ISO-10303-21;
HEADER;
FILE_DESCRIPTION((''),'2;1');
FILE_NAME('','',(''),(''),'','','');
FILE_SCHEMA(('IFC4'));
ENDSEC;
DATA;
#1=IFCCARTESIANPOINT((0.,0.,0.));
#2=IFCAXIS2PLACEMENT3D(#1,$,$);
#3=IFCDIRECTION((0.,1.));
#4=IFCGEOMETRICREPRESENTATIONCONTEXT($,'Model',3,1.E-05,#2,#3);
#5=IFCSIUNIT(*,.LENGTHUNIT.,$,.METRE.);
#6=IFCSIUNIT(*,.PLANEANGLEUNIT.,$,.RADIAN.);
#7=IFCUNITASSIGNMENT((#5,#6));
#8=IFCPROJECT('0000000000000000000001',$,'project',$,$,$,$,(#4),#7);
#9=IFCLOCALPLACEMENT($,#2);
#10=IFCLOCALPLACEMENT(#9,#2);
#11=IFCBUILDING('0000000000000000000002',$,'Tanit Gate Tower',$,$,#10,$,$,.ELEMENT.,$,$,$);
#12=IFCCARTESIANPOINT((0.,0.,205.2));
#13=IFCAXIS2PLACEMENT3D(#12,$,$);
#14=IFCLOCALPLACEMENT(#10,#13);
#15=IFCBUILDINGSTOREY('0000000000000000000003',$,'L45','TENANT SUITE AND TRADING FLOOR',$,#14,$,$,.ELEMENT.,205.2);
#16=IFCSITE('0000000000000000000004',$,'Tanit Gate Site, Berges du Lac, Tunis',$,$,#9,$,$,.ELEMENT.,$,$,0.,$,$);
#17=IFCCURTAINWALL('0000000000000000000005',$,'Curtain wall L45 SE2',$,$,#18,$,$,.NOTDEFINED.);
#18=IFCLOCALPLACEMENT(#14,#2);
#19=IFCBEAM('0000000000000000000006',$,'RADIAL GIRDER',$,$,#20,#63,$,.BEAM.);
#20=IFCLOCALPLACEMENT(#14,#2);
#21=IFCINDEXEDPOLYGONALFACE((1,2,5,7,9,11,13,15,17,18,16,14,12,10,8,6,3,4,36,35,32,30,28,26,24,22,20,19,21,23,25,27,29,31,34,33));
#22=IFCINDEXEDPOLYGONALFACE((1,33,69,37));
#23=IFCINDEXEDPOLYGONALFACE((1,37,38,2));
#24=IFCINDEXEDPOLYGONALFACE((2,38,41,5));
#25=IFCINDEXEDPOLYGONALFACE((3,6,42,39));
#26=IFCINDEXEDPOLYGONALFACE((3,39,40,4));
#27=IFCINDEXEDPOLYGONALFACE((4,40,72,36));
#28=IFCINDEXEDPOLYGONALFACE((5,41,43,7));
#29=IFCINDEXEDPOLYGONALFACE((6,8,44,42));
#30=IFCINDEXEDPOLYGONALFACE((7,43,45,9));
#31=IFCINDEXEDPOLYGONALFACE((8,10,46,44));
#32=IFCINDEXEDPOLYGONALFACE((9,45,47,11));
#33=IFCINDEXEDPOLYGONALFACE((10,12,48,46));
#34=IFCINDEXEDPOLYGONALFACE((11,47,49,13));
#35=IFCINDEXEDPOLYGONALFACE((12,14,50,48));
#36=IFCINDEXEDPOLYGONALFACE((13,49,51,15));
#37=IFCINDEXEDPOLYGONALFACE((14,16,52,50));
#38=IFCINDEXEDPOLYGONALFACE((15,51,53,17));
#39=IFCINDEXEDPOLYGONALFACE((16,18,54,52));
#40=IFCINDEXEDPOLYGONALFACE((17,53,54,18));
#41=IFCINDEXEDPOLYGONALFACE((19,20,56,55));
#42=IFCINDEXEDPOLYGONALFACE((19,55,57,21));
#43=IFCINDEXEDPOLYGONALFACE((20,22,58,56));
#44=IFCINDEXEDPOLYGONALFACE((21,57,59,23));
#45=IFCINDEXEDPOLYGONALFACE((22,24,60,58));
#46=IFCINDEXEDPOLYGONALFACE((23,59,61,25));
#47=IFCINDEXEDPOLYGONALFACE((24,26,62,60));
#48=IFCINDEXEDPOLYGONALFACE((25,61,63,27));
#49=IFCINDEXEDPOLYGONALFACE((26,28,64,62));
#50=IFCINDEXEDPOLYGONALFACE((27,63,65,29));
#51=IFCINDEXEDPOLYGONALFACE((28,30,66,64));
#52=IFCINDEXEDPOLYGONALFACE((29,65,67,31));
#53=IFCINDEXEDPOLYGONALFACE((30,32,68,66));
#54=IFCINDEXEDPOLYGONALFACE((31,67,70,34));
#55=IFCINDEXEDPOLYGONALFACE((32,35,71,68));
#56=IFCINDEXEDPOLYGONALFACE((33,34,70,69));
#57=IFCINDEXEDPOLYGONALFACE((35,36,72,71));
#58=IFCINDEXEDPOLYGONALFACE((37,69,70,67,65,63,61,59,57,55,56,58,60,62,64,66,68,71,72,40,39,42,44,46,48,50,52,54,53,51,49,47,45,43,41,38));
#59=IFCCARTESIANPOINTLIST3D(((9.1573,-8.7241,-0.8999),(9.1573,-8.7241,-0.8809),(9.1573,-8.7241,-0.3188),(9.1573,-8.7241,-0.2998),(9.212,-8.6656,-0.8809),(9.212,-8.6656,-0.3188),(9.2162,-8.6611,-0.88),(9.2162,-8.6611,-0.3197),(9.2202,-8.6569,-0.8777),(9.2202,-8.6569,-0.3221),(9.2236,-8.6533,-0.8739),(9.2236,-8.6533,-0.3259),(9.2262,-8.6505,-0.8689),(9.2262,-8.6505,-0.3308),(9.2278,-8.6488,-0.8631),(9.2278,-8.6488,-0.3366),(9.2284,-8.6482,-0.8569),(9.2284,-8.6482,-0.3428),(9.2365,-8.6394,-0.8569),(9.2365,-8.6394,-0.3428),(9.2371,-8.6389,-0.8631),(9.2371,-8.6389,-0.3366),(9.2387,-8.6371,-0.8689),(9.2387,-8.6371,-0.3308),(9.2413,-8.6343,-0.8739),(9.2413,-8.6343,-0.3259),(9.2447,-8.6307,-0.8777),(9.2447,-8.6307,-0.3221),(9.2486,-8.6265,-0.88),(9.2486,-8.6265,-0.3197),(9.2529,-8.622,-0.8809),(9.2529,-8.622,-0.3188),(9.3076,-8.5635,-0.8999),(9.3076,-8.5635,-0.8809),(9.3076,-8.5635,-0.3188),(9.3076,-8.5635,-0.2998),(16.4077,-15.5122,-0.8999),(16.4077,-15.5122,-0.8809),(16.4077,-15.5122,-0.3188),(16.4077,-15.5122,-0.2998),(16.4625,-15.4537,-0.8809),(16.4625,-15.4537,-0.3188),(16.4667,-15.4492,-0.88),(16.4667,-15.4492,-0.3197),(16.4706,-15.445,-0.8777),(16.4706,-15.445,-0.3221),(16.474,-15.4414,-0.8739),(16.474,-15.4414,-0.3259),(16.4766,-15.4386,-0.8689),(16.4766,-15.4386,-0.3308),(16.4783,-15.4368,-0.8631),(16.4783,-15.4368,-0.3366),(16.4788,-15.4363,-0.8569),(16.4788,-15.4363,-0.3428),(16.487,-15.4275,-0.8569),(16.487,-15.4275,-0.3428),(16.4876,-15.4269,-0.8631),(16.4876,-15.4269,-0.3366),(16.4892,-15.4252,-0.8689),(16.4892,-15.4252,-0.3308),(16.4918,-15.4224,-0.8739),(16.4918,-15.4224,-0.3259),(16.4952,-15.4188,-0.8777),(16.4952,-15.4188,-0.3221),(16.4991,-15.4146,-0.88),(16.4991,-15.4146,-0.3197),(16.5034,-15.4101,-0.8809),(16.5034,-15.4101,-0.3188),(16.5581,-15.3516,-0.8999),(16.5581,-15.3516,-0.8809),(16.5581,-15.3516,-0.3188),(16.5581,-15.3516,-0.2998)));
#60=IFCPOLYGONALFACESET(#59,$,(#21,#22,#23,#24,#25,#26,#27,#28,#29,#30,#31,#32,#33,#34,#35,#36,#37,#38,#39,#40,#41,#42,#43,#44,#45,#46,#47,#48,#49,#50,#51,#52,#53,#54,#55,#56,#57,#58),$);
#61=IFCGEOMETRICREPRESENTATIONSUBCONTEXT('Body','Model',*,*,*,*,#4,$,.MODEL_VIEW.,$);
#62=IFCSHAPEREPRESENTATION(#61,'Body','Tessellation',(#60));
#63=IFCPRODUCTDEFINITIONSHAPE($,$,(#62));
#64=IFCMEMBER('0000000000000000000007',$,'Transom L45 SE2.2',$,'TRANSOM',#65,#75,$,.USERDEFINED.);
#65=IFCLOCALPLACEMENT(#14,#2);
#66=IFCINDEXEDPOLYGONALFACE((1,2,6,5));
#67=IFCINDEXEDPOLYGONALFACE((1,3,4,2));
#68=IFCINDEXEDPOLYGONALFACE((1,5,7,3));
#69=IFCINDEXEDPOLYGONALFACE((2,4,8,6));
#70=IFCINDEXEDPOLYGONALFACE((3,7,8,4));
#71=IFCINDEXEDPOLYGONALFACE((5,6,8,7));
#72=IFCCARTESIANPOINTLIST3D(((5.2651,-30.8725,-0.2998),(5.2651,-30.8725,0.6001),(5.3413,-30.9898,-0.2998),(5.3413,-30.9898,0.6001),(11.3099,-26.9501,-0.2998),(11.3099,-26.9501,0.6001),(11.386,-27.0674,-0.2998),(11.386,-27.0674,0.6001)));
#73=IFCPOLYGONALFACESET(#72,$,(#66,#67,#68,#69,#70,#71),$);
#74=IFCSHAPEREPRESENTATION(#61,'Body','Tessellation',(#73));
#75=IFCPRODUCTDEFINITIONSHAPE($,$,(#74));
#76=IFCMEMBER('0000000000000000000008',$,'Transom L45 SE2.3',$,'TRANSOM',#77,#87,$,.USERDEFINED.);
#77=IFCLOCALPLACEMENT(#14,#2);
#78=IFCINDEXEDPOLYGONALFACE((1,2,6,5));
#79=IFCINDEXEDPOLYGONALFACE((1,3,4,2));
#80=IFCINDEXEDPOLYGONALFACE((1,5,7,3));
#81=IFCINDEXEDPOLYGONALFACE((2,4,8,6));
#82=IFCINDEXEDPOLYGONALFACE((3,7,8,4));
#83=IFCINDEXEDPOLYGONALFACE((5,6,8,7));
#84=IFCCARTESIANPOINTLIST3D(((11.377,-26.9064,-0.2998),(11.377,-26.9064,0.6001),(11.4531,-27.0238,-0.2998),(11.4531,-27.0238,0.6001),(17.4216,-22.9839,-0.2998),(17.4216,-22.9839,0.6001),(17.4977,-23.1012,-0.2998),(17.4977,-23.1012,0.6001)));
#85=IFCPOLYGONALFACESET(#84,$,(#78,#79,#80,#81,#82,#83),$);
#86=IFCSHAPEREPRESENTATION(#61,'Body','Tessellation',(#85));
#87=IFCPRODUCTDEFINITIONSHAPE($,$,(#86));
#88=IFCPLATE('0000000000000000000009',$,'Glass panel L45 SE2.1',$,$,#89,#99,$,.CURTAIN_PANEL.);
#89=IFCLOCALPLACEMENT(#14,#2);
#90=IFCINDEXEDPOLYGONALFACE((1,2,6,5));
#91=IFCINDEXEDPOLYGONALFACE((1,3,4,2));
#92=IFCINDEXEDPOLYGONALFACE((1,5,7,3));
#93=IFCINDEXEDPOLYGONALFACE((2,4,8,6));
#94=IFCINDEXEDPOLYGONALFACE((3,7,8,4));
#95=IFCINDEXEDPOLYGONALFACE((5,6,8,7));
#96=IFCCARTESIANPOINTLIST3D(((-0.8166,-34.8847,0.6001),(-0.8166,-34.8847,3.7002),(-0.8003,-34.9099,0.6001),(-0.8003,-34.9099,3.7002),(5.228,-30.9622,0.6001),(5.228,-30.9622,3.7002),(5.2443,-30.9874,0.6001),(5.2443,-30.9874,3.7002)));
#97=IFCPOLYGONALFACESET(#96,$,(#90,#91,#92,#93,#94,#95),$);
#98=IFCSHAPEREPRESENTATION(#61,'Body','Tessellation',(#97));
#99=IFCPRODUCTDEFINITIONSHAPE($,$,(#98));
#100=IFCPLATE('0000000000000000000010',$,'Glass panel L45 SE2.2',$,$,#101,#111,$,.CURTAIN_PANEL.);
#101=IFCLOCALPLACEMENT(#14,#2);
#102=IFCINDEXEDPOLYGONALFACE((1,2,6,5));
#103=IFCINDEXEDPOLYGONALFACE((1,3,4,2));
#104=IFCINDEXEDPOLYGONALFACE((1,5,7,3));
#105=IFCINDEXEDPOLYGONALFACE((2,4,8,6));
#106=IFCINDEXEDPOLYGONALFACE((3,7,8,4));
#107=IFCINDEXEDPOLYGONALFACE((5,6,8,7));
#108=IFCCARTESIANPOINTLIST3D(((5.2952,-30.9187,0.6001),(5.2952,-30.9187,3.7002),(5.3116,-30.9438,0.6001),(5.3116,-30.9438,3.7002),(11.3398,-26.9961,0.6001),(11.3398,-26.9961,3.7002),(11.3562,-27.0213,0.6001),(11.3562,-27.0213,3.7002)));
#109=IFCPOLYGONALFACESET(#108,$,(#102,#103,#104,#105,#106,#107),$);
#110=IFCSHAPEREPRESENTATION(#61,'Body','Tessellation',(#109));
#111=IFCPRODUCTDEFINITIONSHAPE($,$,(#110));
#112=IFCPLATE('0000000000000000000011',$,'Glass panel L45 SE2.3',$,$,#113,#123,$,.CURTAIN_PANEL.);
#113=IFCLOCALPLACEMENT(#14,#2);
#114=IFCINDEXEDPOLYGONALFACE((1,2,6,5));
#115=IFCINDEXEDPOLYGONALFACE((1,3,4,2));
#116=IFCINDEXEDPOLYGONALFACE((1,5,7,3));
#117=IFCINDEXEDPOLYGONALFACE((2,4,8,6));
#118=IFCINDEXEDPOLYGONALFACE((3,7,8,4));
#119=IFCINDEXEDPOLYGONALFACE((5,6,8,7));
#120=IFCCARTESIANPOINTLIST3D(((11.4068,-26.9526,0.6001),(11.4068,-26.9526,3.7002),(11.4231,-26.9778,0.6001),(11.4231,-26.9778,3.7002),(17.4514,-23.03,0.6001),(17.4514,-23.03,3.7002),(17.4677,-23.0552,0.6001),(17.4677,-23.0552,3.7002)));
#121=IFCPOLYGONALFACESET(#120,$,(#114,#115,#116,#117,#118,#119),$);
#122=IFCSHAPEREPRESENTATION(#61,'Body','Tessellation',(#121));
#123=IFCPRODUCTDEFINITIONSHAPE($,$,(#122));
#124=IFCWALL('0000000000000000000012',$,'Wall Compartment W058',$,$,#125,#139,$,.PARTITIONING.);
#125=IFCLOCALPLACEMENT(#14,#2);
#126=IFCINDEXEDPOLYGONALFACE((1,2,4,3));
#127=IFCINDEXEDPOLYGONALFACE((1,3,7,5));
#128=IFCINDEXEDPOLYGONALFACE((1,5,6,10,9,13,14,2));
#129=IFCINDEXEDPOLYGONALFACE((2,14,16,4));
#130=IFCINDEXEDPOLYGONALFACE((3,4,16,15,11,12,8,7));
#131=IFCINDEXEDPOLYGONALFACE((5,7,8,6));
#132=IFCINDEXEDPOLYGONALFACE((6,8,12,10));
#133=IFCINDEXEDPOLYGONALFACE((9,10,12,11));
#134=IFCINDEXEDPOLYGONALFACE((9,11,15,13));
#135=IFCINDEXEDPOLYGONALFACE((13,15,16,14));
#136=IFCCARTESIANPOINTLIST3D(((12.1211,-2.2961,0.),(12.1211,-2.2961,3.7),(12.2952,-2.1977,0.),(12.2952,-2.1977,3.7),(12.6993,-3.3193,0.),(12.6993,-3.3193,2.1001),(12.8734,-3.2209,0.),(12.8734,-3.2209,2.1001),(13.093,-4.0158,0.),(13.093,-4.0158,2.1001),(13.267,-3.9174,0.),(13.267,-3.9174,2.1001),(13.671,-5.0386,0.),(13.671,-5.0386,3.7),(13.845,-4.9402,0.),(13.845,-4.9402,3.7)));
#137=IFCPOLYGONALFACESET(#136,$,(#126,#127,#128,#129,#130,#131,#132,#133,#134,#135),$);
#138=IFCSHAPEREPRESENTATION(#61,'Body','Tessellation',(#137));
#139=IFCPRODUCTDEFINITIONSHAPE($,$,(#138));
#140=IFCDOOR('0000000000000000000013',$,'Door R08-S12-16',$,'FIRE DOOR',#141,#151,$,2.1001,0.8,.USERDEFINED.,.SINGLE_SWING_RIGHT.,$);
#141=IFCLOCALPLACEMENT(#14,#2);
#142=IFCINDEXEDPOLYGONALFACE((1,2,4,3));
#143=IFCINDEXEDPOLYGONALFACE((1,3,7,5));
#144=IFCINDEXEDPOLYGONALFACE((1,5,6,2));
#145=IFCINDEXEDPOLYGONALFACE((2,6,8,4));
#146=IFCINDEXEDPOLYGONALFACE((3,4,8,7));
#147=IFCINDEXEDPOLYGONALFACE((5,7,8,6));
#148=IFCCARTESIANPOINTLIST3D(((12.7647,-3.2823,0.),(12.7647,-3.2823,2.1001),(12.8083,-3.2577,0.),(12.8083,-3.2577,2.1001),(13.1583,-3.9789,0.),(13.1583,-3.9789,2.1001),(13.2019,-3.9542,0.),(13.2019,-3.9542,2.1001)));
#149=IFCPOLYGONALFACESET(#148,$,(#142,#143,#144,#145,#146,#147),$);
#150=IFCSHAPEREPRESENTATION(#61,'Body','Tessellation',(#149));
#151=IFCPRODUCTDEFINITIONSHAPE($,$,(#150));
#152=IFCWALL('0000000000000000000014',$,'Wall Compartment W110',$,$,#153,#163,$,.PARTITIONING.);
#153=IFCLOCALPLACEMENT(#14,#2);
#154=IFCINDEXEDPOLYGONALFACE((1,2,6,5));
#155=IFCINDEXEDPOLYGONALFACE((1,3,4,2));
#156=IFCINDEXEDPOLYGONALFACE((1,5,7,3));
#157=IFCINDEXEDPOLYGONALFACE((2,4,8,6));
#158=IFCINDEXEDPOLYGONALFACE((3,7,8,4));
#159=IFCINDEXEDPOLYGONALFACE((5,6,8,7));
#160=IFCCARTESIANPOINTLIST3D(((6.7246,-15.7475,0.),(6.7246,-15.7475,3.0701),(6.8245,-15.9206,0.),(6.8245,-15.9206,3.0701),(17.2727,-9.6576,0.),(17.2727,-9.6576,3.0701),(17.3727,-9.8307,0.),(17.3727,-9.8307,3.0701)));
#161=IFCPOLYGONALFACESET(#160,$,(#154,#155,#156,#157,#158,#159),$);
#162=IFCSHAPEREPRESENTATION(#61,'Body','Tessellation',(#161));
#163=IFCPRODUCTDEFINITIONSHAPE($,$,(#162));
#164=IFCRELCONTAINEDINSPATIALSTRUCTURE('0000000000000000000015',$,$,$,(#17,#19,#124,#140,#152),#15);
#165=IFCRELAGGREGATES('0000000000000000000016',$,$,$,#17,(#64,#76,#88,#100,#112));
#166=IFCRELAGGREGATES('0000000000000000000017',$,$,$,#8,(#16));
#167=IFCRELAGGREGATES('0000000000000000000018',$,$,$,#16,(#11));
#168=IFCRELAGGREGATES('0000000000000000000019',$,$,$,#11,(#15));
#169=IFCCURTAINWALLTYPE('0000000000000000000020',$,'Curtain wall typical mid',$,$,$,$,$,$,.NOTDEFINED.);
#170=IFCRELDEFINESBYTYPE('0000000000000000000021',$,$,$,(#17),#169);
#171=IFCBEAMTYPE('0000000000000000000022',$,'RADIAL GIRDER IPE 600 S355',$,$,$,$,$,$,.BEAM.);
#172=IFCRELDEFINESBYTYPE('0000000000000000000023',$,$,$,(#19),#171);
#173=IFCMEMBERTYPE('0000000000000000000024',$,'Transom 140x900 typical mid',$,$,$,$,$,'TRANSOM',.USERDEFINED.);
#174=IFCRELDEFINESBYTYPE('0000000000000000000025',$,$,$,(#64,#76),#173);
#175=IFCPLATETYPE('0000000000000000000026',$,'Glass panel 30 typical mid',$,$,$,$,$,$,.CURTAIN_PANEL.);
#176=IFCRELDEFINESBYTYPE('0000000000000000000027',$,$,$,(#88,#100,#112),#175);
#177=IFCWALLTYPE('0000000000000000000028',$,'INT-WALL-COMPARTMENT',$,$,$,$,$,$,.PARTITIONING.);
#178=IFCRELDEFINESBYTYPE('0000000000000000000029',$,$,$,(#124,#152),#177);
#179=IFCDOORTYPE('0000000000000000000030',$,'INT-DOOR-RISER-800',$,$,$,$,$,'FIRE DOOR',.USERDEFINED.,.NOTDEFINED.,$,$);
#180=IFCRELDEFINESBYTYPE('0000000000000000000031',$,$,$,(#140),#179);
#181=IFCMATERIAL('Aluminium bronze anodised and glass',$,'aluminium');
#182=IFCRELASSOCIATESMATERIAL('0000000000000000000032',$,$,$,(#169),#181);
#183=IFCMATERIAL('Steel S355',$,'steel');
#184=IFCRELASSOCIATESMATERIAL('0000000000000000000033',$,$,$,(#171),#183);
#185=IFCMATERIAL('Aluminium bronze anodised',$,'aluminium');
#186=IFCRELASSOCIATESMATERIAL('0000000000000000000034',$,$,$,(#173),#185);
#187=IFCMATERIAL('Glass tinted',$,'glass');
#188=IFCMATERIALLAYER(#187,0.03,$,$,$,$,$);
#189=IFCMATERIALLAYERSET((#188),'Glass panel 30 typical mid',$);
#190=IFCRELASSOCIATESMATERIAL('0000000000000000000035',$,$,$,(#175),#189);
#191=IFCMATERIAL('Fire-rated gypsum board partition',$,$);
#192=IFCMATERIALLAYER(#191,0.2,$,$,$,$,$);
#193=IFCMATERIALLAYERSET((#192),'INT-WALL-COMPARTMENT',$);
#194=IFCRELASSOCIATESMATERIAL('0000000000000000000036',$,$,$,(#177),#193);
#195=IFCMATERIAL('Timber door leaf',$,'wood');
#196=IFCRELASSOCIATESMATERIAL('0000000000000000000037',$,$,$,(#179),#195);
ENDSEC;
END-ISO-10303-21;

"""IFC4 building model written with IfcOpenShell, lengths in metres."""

from ifc_helpers import new_model, si_unit, direction, frame, frame_2d, origin, origin_2d, place, context, subcontext, project, spatial, rectangle, i_section, extrude, material, layer, layer_set, material_profile, profile_set, type_object, element, fill, aggregate, save


model = new_model("IFC4")

# Units and contexts
model_context = context("Model", 3, precision=1e-05, world=origin(), true_north=direction((0.0, 1.0)))
body_context = subcontext(model_context, "Body", "Model", "MODEL_VIEW")
ifc_project = project(units=[si_unit("LENGTHUNIT", "METRE"), si_unit("PLANEANGLEUNIT", "RADIAN")], contexts=[model_context])

# Site, building, storey
site_placement = place(None, origin())
site = spatial("IfcSite", under=ifc_project, at=site_placement, Name="Tanit Gate Site, Berges du Lac, Tunis", CompositionType="ELEMENT", RefElevation=0.0)
building_placement = place(site_placement, origin())
building = spatial("IfcBuilding", under=site, at=building_placement, Name="Tanit Gate Tower", CompositionType="ELEMENT")
storey_placement = place(building_placement, frame((0.0, 0.0, 205.2)))
storey = spatial("IfcBuildingStorey", under=building, at=storey_placement, Name="L45", Description="TENANT SUITE AND TRADING FLOOR", CompositionType="ELEMENT", Elevation=205.2)

# Curtain wall
ifc_material_1 = material(Name="Aluminium bronze anodised and glass", Category="aluminium")
curtain_wall_type = type_object("IfcCurtainWallType", Name="Curtain wall typical mid", PredefinedType="NOTDEFINED", material=ifc_material_1)
curtain_wall_placement = place(storey_placement, origin())
curtain_wall = element("IfcCurtainWall", 1, at=curtain_wall_placement, inside=storey, type_object=curtain_wall_type, Name="Curtain wall L45 SE2", PredefinedType="NOTDEFINED")

# Beam
ifc_material_2 = material(Name="Steel S355", Category="steel")
ifc_material_profile_1 = material_profile(ifc_material_2, i_section(OverallWidth=0.22, OverallDepth=0.6001, WebThickness=0.012, FlangeThickness=0.019, FilletRadius=0.0239, at=origin_2d()), Name="IPE 600")
ifc_profile_set_1 = profile_set([ifc_material_profile_1], Name="Steel S355")
beam_type = type_object("IfcBeamType", Name="RADIAL GIRDER IPE 600 S355", PredefinedType="BEAM", material=ifc_profile_set_1)
beam_1_placement = place(storey_placement, frame((16.4829, -15.4319, -0.5999), z_axis=(-0.730002, 0.683445, 0.0), x_axis=(-0.683445, -0.730002, 0.0)))
element("IfcBeam", 2, at=beam_1_placement, inside=storey, type_object=beam_type, Name="RADIAL GIRDER", PredefinedType="BEAM", context=body_context, shape_type="SweptSolid", body=[
    extrude(i_section(OverallWidth=0.22, OverallDepth=0.6001, WebThickness=0.012, FlangeThickness=0.019, FilletRadius=0.0239, at=origin_2d()), origin(), (0.0, 0.0, 1.0), 9.9321),
])

# Members
ifc_material_3 = material(Name="Aluminium bronze anodised", Category="aluminium")
ifc_material_profile_2 = material_profile(ifc_material_3, rectangle(XDim=0.1399, YDim=0.8999, at=origin_2d()), Name="140x900 bronze transom")
ifc_profile_set_2 = profile_set([ifc_material_profile_2], Name="Aluminium bronze anodised")
member_type_1 = type_object("IfcMemberType", Name="Transom 140x900 typical mid", ElementType="TRANSOM", PredefinedType="USERDEFINED", material=ifc_profile_set_2)
member_1_placement = place(storey_placement, frame((5.3032, -30.9312, 0.1501), z_axis=(0.838867, 0.544337, 0.0), x_axis=(-0.544337, 0.838867, 0.0)))
member_1 = element("IfcMember", 3, at=member_1_placement, type_object=member_type_1, Name="Transom L45 SE2.2", ObjectType="TRANSOM", PredefinedType="USERDEFINED", context=body_context, shape_type="SweptSolid", body=[
    extrude(rectangle(XDim=0.1399, YDim=0.8999, at=origin_2d()), origin(), (0.0, 0.0, 1.0), 7.2058),
])
member_2_placement = place(storey_placement, frame((11.415, -26.9651, 0.1501), z_axis=(0.838851, 0.544361, 0.0), x_axis=(-0.544361, 0.838851, 0.0)))
member_2 = element("IfcMember", 4, at=member_2_placement, type_object=member_type_1, Name="Transom L45 SE2.3", ObjectType="TRANSOM", PredefinedType="USERDEFINED", context=body_context, shape_type="SweptSolid", body=[
    extrude(rectangle(XDim=0.1399, YDim=0.8999, at=origin_2d()), origin(), (0.0, 0.0, 1.0), 7.2058),
])

# Plates
ifc_material_4 = material(Name="Glass tinted", Category="glass")
ifc_layer_1 = layer(ifc_material_4, 0.03)
ifc_layer_set_1 = layer_set([ifc_layer_1], Name="Glass panel 30 typical mid")
plate_type = type_object("IfcPlateType", Name="Glass panel 30 typical mid", PredefinedType="CURTAIN_PANEL", material=ifc_layer_set_1)
plate_1_placement = place(storey_placement, frame((2.2139, -32.936, 0.6001), z_axis=(0.0, 0.0, 1.0), x_axis=(0.838852, 0.544359, 0.0)))
plate_1 = element("IfcPlate", 5, at=plate_1_placement, type_object=plate_type, Name="Glass panel L45 SE2.1", PredefinedType="CURTAIN_PANEL", context=body_context, shape_type="SweptSolid", body=[
    extrude(rectangle(XDim=7.2058, YDim=0.03, at=origin_2d()), origin(), (0.0, 0.0, 1.0), 3.1001),
])
plate_2_placement = place(storey_placement, frame((8.3257, -28.97, 0.6001), z_axis=(0.0, 0.0, 1.0), x_axis=(0.838852, 0.544359, 0.0)))
plate_2 = element("IfcPlate", 6, at=plate_2_placement, type_object=plate_type, Name="Glass panel L45 SE2.2", PredefinedType="CURTAIN_PANEL", context=body_context, shape_type="SweptSolid", body=[
    extrude(rectangle(XDim=7.2058, YDim=0.03, at=origin_2d()), origin(), (0.0, 0.0, 1.0), 3.1001),
])
plate_3_placement = place(storey_placement, frame((14.4373, -25.0039, 0.6001), z_axis=(0.0, 0.0, 1.0), x_axis=(0.838852, 0.544359, 0.0)))
plate_3 = element("IfcPlate", 7, at=plate_3_placement, type_object=plate_type, Name="Glass panel L45 SE2.3", PredefinedType="CURTAIN_PANEL", context=body_context, shape_type="SweptSolid", body=[
    extrude(rectangle(XDim=7.2058, YDim=0.03, at=origin_2d()), origin(), (0.0, 0.0, 1.0), 3.1001),
])
aggregate(curtain_wall, [member_1, member_2, plate_1, plate_2, plate_3])

# Wall, opening, door
ifc_material_5 = material(Name="Fire-rated gypsum board partition")
ifc_layer_2 = layer(ifc_material_5, 0.2)
ifc_layer_set_2 = layer_set([ifc_layer_2], Name="INT-WALL-COMPARTMENT")
wall_type_1 = type_object("IfcWallType", Name="INT-WALL-COMPARTMENT", PredefinedType="PARTITIONING", material=ifc_layer_set_2)
wall_1_placement = place(storey_placement, frame((13.7581, -4.9895, 0.0), z_axis=(0.0, 0.0, 1.0), x_axis=(-0.491993, 0.870599, 0.0)))
wall_1 = element("IfcWall", 8, at=wall_1_placement, inside=storey, type_object=wall_type_1, Name="Wall Compartment W058", PredefinedType="PARTITIONING", context=body_context, shape_type="SweptSolid", body=[
    extrude(rectangle(XDim=3.1501, YDim=0.2, at=frame_2d((1.5752, 0.0))), origin(), (0.0, 0.0, 1.0), 3.7),
])
opening_1_placement = place(wall_1_placement, frame((1.175, 0.0, 0.0)))
opening_1 = element("IfcOpeningElement", 9, at=opening_1_placement, cuts=wall_1, PredefinedType="OPENING", context=body_context, shape_type="SweptSolid", body=[
    extrude(rectangle(XDim=0.8, YDim=2.1001, at=frame_2d((0.3999, 1.05))), frame((0.0, 0.1099, 0.0), z_axis=(0.0, -1.0, 0.0), x_axis=(1.0, 0.0, 0.0)), (0.0, 0.0, 1.0), 0.22),
])
ifc_material_6 = material(Name="Timber door leaf", Category="wood")
door_type_1 = type_object("IfcDoorType", Name="INT-DOOR-RISER-800", ElementType="FIRE DOOR", OperationType="NOTDEFINED", PredefinedType="USERDEFINED", material=ifc_material_6)
door_1_placement = place(opening_1_placement, origin())
door_1 = element("IfcDoor", 10, at=door_1_placement, inside=storey, type_object=door_type_1, Name="Door R08-S12-16", ObjectType="FIRE DOOR", OperationType="SINGLE_SWING_RIGHT", OverallHeight=2.1001, OverallWidth=0.8, PredefinedType="USERDEFINED", context=body_context, shape_type="SweptSolid", body=[
    extrude(rectangle(XDim=0.8, YDim=2.1001, at=frame_2d((0.3999, 1.05))), frame((0.0, 0.0249, 0.0), z_axis=(0.0, -1.0, 0.0), x_axis=(1.0, 0.0, 0.0)), (0.0, 0.0, 1.0), 0.05),
])
fill(opening_1, door_1)

# Wall
wall_2_placement = place(storey_placement, frame((6.7747, -15.834, 0.0), z_axis=(0.0, 0.0, 1.0), x_axis=(0.866029, 0.499994, 0.0)))
element("IfcWall", 11, at=wall_2_placement, inside=storey, type_object=wall_type_1, Name="Wall Compartment W110", PredefinedType="PARTITIONING", context=body_context, shape_type="SweptSolid", body=[
    extrude(rectangle(XDim=12.1799, YDim=0.2, at=frame_2d((6.0898, 0.0))), origin(), (0.0, 0.0, 1.0), 3.0701),
])

save(model, "model.ifc")
